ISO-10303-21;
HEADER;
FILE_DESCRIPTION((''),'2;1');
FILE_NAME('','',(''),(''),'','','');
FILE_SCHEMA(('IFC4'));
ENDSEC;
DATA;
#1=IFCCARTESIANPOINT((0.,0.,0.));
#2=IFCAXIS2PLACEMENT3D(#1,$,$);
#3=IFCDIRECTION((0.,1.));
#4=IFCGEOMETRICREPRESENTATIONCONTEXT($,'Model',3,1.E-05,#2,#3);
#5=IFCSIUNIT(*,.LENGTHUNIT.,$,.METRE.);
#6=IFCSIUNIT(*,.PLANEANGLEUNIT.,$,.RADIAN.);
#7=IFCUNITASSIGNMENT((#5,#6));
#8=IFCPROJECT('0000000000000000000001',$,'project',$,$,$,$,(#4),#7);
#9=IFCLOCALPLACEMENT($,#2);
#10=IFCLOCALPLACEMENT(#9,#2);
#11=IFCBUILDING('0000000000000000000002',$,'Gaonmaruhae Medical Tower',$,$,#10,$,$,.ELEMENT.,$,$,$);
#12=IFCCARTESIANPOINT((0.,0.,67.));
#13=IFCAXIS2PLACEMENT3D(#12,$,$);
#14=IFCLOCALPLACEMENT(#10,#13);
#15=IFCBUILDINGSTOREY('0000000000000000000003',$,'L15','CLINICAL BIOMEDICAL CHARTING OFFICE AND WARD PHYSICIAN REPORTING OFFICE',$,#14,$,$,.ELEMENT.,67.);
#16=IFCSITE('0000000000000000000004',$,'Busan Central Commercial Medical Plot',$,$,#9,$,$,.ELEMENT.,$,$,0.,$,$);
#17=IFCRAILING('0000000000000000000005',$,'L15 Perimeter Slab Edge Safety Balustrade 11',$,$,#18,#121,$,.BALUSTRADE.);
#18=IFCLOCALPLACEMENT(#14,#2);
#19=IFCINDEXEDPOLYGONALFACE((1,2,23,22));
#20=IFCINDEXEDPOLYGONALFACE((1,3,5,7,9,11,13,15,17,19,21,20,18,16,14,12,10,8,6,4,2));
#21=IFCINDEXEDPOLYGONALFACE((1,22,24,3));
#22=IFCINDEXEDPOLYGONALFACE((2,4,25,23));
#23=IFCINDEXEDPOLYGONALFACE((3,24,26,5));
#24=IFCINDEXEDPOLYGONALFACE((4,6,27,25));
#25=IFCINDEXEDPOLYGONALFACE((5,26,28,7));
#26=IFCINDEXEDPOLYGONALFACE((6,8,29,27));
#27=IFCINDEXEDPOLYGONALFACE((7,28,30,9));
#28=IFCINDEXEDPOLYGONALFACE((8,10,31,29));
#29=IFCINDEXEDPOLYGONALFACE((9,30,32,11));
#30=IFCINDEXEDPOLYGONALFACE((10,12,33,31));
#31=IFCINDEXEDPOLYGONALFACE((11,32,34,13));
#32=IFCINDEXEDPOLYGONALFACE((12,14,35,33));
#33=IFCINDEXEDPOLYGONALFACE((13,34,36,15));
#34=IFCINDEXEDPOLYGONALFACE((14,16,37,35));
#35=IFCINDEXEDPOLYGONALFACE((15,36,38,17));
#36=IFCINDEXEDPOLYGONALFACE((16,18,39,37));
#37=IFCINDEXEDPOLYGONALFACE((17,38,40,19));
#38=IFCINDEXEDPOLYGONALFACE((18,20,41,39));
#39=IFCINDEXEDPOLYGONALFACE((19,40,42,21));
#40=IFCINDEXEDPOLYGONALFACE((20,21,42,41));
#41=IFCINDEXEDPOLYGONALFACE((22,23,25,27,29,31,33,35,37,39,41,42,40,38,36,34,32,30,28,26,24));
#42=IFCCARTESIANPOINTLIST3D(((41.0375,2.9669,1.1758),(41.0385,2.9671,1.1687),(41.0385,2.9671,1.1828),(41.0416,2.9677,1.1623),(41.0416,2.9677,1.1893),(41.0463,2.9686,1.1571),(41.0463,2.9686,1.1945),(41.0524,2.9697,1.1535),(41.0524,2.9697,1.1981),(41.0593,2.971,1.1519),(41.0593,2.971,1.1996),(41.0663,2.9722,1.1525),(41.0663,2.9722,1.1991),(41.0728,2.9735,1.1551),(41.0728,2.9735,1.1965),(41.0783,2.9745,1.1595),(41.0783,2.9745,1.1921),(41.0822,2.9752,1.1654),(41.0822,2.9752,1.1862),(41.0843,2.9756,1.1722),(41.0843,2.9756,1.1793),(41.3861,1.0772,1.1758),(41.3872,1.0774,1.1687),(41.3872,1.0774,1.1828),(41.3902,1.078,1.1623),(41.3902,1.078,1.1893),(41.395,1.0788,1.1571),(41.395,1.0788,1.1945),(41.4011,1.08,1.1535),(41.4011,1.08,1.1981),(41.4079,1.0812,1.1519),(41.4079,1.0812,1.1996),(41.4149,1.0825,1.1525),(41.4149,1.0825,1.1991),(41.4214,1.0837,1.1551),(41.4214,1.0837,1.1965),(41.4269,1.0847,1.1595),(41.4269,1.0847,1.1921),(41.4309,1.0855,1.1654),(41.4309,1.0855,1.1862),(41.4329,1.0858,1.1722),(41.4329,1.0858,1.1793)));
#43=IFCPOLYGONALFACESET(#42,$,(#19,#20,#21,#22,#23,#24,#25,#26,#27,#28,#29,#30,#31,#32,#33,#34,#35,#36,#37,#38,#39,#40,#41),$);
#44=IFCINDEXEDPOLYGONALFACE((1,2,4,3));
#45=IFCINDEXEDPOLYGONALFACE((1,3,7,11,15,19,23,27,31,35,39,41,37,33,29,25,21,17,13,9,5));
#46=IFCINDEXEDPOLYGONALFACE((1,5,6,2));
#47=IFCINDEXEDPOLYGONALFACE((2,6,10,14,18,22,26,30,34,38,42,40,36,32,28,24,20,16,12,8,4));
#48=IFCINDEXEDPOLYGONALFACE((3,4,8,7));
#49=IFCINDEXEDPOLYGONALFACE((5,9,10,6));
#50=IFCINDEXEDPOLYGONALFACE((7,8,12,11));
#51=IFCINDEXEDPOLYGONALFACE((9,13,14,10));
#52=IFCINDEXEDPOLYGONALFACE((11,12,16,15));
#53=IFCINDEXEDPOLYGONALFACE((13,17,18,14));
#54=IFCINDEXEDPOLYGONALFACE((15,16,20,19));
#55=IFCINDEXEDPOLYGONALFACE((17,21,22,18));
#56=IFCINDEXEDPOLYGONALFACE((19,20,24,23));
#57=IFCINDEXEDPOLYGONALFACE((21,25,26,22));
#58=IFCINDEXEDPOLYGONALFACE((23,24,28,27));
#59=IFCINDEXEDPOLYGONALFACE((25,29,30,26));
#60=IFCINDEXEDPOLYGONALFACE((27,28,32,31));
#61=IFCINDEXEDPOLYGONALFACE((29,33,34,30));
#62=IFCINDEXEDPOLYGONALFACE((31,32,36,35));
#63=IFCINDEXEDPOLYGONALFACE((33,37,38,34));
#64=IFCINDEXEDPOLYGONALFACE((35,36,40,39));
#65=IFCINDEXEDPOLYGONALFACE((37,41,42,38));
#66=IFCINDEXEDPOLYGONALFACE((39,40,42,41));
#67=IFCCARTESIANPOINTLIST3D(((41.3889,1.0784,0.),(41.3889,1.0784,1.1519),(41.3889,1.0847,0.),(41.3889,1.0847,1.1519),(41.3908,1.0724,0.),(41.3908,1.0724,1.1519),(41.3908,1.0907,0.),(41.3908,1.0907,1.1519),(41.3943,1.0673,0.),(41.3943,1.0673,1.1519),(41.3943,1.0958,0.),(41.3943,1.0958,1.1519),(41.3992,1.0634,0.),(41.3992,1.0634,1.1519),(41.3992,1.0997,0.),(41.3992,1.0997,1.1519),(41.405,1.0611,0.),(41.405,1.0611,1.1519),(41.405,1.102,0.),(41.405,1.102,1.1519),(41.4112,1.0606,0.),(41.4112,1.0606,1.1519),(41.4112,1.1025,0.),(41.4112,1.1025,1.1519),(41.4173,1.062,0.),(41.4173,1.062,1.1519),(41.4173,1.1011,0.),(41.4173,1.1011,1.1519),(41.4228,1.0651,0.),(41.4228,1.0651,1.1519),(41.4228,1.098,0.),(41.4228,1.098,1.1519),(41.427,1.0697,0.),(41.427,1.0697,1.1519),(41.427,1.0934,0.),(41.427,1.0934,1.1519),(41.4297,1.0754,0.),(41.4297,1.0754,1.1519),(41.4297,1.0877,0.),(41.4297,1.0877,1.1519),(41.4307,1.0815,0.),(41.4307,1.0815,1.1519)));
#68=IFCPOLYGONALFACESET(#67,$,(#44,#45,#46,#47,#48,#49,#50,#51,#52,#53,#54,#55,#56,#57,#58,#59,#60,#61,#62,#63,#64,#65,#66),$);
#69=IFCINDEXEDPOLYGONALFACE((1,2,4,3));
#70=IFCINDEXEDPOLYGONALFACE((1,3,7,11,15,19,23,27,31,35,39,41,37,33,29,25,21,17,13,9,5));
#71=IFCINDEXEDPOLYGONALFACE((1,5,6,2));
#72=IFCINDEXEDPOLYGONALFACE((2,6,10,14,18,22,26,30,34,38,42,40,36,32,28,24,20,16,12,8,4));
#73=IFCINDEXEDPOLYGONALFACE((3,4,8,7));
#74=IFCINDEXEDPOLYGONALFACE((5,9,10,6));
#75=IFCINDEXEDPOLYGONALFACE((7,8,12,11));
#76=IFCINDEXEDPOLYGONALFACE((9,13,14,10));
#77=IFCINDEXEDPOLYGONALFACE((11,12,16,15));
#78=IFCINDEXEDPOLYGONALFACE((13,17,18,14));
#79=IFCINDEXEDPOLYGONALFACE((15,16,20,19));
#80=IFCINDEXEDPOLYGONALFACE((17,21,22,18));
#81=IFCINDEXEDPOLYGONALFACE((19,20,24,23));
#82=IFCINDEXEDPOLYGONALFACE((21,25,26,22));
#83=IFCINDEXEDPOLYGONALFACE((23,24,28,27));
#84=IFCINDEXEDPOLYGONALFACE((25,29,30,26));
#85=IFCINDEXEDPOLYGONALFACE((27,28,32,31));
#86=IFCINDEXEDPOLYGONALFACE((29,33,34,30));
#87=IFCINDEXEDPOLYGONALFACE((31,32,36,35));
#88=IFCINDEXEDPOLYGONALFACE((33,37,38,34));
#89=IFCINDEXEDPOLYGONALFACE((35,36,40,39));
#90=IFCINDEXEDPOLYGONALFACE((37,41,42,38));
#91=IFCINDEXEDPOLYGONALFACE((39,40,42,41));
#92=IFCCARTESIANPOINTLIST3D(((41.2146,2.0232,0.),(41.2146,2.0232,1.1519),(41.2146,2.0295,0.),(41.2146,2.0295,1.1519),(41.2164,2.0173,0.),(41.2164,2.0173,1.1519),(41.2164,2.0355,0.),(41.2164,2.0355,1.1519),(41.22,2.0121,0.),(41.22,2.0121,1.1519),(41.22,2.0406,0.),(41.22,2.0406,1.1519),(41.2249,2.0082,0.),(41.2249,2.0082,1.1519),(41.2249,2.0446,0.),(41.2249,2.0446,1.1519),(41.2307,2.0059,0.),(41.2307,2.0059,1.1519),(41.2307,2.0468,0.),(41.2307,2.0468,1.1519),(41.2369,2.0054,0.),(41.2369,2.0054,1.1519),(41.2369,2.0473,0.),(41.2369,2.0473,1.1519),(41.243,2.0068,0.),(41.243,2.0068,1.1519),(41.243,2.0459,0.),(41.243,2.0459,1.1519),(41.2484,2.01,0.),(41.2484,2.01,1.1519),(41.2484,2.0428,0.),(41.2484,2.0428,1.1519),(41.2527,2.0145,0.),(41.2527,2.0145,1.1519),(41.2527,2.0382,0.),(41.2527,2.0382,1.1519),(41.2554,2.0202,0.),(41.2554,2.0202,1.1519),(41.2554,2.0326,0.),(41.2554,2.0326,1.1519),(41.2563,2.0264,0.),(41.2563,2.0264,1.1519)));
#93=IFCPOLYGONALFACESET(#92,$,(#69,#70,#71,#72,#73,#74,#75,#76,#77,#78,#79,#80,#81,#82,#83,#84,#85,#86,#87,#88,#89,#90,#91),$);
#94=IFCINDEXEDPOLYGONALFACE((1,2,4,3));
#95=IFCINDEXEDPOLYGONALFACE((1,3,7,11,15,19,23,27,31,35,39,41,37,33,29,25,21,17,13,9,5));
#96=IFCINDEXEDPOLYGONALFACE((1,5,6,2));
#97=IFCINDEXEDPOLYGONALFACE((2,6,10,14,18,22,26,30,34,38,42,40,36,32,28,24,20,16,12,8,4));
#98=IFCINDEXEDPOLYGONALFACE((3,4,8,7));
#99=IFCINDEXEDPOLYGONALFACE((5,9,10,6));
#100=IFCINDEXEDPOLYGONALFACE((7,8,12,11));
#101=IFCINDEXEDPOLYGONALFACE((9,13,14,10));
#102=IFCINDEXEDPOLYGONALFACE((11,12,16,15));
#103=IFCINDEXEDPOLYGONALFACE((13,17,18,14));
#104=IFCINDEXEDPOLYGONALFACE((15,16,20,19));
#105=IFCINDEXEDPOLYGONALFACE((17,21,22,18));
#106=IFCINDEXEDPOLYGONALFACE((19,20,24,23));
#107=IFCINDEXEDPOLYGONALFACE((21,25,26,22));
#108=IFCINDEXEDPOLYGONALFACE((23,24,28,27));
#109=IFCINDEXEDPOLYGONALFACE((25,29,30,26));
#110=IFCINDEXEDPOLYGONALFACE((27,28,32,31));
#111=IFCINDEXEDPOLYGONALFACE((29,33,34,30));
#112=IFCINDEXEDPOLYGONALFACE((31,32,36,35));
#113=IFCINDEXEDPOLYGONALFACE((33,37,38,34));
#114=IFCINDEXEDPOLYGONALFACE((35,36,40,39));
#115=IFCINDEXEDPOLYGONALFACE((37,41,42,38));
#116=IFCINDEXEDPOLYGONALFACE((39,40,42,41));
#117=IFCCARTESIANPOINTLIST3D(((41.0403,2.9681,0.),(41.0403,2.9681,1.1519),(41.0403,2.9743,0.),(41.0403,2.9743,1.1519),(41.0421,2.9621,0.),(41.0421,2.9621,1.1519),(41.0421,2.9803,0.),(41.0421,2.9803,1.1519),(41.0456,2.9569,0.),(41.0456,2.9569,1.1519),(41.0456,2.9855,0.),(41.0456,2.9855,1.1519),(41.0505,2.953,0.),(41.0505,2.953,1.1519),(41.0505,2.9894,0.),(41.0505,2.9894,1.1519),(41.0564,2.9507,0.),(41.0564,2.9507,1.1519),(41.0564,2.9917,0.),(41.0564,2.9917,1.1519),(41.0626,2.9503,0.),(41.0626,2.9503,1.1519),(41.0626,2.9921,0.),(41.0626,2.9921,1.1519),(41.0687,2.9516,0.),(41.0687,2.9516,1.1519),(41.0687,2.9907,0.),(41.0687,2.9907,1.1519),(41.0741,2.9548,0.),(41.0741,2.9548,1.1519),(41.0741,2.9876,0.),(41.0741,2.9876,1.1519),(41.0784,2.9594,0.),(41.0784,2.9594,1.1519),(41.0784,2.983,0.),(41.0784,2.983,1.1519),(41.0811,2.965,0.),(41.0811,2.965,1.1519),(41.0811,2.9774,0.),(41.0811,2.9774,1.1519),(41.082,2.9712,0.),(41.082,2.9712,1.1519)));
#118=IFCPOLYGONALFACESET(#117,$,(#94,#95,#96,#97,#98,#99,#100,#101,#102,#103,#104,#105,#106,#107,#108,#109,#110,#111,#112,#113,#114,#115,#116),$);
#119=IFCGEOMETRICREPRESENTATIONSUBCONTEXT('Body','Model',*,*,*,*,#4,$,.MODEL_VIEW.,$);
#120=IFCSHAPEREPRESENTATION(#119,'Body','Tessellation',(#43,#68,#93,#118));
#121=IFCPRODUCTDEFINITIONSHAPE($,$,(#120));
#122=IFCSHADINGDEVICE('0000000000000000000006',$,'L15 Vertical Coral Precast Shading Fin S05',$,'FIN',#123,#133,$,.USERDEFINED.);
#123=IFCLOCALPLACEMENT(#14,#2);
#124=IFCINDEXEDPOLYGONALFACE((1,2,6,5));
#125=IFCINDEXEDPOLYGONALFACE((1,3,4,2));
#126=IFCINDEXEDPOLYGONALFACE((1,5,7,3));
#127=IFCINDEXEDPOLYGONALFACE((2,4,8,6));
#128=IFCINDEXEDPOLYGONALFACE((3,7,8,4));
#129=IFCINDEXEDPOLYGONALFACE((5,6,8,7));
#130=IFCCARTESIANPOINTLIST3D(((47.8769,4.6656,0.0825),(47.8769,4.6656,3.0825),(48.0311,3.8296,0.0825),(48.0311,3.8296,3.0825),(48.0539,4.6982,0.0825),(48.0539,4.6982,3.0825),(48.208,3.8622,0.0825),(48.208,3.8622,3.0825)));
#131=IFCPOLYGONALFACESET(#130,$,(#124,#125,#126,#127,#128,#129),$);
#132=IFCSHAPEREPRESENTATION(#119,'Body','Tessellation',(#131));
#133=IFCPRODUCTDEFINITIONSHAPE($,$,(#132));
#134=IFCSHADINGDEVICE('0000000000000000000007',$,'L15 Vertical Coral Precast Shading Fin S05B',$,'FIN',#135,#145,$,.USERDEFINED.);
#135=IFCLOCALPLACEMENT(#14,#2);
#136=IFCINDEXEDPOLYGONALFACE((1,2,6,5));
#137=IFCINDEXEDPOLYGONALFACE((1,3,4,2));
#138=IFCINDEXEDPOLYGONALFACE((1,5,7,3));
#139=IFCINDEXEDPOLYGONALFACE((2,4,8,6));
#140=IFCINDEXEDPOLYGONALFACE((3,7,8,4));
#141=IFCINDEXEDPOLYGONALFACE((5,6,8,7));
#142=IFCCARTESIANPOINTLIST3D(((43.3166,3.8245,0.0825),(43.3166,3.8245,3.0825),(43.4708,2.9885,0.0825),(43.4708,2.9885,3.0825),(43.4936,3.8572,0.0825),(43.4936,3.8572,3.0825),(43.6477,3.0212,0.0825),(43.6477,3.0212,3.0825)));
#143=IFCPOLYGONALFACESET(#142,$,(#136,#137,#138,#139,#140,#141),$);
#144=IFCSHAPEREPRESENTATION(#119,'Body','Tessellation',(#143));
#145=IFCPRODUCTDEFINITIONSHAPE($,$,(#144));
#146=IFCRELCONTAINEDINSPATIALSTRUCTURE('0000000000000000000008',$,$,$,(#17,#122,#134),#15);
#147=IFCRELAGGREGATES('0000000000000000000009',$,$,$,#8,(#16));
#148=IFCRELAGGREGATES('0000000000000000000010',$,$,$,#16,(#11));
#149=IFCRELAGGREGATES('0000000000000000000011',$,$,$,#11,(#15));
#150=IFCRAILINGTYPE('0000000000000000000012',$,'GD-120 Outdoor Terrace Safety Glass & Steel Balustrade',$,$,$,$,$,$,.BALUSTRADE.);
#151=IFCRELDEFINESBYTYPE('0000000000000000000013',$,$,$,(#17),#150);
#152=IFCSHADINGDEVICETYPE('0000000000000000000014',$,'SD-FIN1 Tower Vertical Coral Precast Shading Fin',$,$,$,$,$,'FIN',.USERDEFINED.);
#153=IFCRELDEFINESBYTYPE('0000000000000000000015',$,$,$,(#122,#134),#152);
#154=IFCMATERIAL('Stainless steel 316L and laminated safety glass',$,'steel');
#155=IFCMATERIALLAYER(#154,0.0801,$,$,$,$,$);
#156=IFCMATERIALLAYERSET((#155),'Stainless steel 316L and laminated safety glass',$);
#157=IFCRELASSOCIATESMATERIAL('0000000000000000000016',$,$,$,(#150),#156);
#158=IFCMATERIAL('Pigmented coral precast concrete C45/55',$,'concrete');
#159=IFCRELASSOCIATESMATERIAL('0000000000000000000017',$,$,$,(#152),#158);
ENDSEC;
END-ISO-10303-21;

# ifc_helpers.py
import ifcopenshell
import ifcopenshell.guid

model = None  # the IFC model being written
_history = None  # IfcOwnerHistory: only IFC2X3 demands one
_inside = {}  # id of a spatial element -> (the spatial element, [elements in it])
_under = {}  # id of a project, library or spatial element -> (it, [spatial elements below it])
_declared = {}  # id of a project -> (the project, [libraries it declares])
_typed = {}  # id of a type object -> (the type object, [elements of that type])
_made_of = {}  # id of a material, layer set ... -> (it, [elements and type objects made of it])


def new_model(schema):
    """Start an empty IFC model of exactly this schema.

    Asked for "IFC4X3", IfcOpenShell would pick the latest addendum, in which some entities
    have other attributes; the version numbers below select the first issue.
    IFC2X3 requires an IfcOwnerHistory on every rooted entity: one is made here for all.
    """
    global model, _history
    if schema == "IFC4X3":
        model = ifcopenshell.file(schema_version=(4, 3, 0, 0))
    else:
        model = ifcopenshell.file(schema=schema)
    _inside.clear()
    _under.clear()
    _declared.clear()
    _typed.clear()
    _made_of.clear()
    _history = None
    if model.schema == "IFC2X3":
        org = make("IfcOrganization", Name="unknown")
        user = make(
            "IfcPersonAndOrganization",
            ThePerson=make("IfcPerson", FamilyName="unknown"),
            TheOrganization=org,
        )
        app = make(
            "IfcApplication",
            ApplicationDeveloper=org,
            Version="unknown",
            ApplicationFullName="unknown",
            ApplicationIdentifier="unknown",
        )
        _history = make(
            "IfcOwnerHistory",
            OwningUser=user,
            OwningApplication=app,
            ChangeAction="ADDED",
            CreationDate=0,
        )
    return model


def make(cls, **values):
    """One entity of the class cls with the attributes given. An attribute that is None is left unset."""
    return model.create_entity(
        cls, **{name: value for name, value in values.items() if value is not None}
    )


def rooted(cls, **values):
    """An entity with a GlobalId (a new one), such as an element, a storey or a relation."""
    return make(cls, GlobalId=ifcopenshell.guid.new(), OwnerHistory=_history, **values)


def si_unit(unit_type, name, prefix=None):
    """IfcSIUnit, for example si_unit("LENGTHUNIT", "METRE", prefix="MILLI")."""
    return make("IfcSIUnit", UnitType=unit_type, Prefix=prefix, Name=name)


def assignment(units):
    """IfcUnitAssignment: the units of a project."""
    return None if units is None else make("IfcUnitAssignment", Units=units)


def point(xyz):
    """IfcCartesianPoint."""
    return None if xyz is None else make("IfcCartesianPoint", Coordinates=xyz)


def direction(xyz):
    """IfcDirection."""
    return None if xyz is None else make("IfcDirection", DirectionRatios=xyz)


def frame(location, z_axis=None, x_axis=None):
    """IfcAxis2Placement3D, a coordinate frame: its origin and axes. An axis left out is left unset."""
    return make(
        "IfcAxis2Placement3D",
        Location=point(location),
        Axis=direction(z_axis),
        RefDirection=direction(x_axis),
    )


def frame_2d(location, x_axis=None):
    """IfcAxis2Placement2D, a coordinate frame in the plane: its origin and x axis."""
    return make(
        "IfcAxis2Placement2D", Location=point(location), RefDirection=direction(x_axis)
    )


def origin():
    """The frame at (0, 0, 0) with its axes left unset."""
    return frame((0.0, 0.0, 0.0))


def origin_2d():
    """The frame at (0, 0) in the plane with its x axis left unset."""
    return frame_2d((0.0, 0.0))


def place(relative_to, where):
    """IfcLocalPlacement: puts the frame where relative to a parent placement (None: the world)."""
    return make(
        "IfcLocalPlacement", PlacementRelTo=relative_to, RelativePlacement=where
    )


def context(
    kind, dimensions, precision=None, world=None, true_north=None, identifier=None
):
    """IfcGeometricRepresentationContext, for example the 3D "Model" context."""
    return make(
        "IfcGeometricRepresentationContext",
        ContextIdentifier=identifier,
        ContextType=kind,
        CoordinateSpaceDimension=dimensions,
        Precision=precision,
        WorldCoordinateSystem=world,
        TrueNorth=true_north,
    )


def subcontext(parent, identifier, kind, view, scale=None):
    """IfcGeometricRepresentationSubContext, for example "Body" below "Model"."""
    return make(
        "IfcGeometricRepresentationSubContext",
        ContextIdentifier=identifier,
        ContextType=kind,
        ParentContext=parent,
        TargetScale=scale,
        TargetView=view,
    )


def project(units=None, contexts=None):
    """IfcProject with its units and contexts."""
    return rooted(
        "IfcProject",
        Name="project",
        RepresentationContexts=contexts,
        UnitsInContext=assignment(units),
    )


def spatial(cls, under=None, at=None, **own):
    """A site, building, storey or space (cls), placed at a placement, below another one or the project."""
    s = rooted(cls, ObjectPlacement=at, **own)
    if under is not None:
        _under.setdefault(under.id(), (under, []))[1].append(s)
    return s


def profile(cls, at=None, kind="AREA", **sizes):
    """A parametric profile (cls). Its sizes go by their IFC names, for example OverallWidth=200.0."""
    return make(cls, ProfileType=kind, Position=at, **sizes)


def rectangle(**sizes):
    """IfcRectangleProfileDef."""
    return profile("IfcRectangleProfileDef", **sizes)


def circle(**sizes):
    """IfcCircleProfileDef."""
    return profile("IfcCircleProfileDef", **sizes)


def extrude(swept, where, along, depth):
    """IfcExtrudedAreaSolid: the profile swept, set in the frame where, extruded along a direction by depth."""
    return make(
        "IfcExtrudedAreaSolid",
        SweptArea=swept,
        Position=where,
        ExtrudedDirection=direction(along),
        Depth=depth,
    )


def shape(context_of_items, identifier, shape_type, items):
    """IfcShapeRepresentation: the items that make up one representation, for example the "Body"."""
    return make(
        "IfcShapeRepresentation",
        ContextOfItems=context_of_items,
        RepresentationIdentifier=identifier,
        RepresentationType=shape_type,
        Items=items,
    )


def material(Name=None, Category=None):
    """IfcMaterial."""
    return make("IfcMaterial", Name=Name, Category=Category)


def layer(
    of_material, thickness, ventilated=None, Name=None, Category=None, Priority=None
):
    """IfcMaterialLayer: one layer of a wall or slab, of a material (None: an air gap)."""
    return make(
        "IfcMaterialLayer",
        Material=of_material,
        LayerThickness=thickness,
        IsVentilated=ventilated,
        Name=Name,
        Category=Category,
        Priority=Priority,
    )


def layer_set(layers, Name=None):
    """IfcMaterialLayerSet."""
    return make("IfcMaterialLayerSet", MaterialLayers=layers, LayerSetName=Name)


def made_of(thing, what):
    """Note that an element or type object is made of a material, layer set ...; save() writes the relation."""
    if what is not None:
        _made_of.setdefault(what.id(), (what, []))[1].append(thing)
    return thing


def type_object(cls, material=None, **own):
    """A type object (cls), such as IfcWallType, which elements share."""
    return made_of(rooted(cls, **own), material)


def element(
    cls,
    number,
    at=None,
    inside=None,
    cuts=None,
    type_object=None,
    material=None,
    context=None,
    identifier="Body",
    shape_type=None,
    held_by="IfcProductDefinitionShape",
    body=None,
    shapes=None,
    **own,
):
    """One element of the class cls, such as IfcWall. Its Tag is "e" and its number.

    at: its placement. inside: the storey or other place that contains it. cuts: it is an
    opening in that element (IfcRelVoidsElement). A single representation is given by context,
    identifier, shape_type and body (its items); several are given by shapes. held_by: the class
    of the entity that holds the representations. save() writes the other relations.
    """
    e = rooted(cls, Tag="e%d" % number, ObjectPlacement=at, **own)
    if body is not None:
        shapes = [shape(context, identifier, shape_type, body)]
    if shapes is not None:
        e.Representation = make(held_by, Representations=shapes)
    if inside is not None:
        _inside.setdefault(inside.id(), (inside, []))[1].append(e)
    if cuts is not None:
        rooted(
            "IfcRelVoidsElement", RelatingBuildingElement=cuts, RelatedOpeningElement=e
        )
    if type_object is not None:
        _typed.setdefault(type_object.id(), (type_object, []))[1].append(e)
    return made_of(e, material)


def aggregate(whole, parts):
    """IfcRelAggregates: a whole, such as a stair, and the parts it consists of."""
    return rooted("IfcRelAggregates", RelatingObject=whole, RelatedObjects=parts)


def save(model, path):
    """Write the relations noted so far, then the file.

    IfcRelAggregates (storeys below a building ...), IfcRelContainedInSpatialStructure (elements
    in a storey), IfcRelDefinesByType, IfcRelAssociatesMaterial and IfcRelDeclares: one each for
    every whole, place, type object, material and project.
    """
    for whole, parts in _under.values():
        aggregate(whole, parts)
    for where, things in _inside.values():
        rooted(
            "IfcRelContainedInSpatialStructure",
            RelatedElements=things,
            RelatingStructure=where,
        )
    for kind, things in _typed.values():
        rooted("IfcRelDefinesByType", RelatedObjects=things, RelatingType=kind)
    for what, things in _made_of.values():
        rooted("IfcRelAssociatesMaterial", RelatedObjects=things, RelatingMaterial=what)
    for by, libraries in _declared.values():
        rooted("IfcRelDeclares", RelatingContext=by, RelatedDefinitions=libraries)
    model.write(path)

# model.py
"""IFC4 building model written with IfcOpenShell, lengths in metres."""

from ifc_helpers import new_model, si_unit, direction, frame, origin, origin_2d, place, context, subcontext, project, spatial, rectangle, circle, extrude, material, layer, layer_set, type_object, element, save


model = new_model("IFC4")

# Units and contexts
model_context = context("Model", 3, precision=1e-05, world=origin(), true_north=direction((0.0, 1.0)))
body_context = subcontext(model_context, "Body", "Model", "MODEL_VIEW")
ifc_project = project(units=[si_unit("LENGTHUNIT", "METRE"), si_unit("PLANEANGLEUNIT", "RADIAN")], contexts=[model_context])

# Site, building, storey
site_placement = place(None, origin())
site = spatial("IfcSite", under=ifc_project, at=site_placement, Name="Busan Central Commercial Medical Plot", CompositionType="ELEMENT", RefElevation=0.0)
building_placement = place(site_placement, origin())
building = spatial("IfcBuilding", under=site, at=building_placement, Name="Gaonmaruhae Medical Tower", CompositionType="ELEMENT")
storey_placement = place(building_placement, frame((0.0, 0.0, 67.0)))
storey = spatial("IfcBuildingStorey", under=building, at=storey_placement, Name="L15", Description="CLINICAL BIOMEDICAL CHARTING OFFICE AND WARD PHYSICIAN REPORTING OFFICE", CompositionType="ELEMENT", Elevation=67.0)

# Railing
ifc_material_1 = material(Name="Stainless steel 316L and laminated safety glass", Category="steel")
ifc_layer_1 = layer(ifc_material_1, 0.0801)
ifc_layer_set_1 = layer_set([ifc_layer_1], Name="Stainless steel 316L and laminated safety glass")
railing_type = type_object("IfcRailingType", Name="GD-120 Outdoor Terrace Safety Glass & Steel Balustrade", PredefinedType="BALUSTRADE", material=ifc_layer_set_1)
railing_1_placement = place(storey_placement, frame((41.4097, 1.0815, 0.0)))
element("IfcRailing", 1, at=railing_1_placement, inside=storey, type_object=railing_type, Name="L15 Perimeter Slab Edge Safety Balustrade 11", PredefinedType="BALUSTRADE", context=body_context, shape_type="SweptSolid", body=[
    extrude(circle(Radius=0.0239, at=origin_2d()), frame((0.0, 0.0, 1.1758), z_axis=(-0.181434, 0.983403, 0.0), x_axis=(-0.983403, -0.181434, 0.0)), (0.0, 0.0, 1.0), 1.9216),
    extrude(circle(Radius=0.021, at=origin_2d()), origin(), (0.0, 0.0, 1.0), 1.1519),
    extrude(circle(Radius=0.021, at=origin_2d()), frame((-0.1743, 0.9448, 0.0)), (0.0, 0.0, 1.0), 1.1519),
    extrude(circle(Radius=0.021, at=origin_2d()), frame((-0.3486, 1.8896, 0.0)), (0.0, 0.0, 1.0), 1.1519),
])

# Shading devices
ifc_material_2 = material(Name="Pigmented coral precast concrete C45/55", Category="concrete")
shading_device_type = type_object("IfcShadingDeviceType", Name="SD-FIN1 Tower Vertical Coral Precast Shading Fin", ElementType="FIN", PredefinedType="USERDEFINED", material=ifc_material_2)
for number, where, z_axis, x_axis, name in (
    (2, (48.0425, 4.2639, 0.0825), (0.0, 0.0, 1.0), (-0.983414, -0.181377, 0.0), "L15 Vertical Coral Precast Shading Fin S05"),
    (3, (43.4822, 3.4229, 0.0825), (0.0, 0.0, 1.0), (-0.983414, -0.181377, 0.0), "L15 Vertical Coral Precast Shading Fin S05B"),
):
    element("IfcShadingDevice", number, at=place(storey_placement, frame(where, z_axis=z_axis, x_axis=x_axis)), inside=storey, type_object=shading_device_type, Name=name, ObjectType="FIN", PredefinedType="USERDEFINED", context=body_context, shape_type="SweptSolid", body=[
        extrude(rectangle(XDim=0.1799, YDim=0.8501, at=origin_2d()), origin(), (0.0, 0.0, 1.0), 3.0),
    ])

save(model, "model.ifc")
